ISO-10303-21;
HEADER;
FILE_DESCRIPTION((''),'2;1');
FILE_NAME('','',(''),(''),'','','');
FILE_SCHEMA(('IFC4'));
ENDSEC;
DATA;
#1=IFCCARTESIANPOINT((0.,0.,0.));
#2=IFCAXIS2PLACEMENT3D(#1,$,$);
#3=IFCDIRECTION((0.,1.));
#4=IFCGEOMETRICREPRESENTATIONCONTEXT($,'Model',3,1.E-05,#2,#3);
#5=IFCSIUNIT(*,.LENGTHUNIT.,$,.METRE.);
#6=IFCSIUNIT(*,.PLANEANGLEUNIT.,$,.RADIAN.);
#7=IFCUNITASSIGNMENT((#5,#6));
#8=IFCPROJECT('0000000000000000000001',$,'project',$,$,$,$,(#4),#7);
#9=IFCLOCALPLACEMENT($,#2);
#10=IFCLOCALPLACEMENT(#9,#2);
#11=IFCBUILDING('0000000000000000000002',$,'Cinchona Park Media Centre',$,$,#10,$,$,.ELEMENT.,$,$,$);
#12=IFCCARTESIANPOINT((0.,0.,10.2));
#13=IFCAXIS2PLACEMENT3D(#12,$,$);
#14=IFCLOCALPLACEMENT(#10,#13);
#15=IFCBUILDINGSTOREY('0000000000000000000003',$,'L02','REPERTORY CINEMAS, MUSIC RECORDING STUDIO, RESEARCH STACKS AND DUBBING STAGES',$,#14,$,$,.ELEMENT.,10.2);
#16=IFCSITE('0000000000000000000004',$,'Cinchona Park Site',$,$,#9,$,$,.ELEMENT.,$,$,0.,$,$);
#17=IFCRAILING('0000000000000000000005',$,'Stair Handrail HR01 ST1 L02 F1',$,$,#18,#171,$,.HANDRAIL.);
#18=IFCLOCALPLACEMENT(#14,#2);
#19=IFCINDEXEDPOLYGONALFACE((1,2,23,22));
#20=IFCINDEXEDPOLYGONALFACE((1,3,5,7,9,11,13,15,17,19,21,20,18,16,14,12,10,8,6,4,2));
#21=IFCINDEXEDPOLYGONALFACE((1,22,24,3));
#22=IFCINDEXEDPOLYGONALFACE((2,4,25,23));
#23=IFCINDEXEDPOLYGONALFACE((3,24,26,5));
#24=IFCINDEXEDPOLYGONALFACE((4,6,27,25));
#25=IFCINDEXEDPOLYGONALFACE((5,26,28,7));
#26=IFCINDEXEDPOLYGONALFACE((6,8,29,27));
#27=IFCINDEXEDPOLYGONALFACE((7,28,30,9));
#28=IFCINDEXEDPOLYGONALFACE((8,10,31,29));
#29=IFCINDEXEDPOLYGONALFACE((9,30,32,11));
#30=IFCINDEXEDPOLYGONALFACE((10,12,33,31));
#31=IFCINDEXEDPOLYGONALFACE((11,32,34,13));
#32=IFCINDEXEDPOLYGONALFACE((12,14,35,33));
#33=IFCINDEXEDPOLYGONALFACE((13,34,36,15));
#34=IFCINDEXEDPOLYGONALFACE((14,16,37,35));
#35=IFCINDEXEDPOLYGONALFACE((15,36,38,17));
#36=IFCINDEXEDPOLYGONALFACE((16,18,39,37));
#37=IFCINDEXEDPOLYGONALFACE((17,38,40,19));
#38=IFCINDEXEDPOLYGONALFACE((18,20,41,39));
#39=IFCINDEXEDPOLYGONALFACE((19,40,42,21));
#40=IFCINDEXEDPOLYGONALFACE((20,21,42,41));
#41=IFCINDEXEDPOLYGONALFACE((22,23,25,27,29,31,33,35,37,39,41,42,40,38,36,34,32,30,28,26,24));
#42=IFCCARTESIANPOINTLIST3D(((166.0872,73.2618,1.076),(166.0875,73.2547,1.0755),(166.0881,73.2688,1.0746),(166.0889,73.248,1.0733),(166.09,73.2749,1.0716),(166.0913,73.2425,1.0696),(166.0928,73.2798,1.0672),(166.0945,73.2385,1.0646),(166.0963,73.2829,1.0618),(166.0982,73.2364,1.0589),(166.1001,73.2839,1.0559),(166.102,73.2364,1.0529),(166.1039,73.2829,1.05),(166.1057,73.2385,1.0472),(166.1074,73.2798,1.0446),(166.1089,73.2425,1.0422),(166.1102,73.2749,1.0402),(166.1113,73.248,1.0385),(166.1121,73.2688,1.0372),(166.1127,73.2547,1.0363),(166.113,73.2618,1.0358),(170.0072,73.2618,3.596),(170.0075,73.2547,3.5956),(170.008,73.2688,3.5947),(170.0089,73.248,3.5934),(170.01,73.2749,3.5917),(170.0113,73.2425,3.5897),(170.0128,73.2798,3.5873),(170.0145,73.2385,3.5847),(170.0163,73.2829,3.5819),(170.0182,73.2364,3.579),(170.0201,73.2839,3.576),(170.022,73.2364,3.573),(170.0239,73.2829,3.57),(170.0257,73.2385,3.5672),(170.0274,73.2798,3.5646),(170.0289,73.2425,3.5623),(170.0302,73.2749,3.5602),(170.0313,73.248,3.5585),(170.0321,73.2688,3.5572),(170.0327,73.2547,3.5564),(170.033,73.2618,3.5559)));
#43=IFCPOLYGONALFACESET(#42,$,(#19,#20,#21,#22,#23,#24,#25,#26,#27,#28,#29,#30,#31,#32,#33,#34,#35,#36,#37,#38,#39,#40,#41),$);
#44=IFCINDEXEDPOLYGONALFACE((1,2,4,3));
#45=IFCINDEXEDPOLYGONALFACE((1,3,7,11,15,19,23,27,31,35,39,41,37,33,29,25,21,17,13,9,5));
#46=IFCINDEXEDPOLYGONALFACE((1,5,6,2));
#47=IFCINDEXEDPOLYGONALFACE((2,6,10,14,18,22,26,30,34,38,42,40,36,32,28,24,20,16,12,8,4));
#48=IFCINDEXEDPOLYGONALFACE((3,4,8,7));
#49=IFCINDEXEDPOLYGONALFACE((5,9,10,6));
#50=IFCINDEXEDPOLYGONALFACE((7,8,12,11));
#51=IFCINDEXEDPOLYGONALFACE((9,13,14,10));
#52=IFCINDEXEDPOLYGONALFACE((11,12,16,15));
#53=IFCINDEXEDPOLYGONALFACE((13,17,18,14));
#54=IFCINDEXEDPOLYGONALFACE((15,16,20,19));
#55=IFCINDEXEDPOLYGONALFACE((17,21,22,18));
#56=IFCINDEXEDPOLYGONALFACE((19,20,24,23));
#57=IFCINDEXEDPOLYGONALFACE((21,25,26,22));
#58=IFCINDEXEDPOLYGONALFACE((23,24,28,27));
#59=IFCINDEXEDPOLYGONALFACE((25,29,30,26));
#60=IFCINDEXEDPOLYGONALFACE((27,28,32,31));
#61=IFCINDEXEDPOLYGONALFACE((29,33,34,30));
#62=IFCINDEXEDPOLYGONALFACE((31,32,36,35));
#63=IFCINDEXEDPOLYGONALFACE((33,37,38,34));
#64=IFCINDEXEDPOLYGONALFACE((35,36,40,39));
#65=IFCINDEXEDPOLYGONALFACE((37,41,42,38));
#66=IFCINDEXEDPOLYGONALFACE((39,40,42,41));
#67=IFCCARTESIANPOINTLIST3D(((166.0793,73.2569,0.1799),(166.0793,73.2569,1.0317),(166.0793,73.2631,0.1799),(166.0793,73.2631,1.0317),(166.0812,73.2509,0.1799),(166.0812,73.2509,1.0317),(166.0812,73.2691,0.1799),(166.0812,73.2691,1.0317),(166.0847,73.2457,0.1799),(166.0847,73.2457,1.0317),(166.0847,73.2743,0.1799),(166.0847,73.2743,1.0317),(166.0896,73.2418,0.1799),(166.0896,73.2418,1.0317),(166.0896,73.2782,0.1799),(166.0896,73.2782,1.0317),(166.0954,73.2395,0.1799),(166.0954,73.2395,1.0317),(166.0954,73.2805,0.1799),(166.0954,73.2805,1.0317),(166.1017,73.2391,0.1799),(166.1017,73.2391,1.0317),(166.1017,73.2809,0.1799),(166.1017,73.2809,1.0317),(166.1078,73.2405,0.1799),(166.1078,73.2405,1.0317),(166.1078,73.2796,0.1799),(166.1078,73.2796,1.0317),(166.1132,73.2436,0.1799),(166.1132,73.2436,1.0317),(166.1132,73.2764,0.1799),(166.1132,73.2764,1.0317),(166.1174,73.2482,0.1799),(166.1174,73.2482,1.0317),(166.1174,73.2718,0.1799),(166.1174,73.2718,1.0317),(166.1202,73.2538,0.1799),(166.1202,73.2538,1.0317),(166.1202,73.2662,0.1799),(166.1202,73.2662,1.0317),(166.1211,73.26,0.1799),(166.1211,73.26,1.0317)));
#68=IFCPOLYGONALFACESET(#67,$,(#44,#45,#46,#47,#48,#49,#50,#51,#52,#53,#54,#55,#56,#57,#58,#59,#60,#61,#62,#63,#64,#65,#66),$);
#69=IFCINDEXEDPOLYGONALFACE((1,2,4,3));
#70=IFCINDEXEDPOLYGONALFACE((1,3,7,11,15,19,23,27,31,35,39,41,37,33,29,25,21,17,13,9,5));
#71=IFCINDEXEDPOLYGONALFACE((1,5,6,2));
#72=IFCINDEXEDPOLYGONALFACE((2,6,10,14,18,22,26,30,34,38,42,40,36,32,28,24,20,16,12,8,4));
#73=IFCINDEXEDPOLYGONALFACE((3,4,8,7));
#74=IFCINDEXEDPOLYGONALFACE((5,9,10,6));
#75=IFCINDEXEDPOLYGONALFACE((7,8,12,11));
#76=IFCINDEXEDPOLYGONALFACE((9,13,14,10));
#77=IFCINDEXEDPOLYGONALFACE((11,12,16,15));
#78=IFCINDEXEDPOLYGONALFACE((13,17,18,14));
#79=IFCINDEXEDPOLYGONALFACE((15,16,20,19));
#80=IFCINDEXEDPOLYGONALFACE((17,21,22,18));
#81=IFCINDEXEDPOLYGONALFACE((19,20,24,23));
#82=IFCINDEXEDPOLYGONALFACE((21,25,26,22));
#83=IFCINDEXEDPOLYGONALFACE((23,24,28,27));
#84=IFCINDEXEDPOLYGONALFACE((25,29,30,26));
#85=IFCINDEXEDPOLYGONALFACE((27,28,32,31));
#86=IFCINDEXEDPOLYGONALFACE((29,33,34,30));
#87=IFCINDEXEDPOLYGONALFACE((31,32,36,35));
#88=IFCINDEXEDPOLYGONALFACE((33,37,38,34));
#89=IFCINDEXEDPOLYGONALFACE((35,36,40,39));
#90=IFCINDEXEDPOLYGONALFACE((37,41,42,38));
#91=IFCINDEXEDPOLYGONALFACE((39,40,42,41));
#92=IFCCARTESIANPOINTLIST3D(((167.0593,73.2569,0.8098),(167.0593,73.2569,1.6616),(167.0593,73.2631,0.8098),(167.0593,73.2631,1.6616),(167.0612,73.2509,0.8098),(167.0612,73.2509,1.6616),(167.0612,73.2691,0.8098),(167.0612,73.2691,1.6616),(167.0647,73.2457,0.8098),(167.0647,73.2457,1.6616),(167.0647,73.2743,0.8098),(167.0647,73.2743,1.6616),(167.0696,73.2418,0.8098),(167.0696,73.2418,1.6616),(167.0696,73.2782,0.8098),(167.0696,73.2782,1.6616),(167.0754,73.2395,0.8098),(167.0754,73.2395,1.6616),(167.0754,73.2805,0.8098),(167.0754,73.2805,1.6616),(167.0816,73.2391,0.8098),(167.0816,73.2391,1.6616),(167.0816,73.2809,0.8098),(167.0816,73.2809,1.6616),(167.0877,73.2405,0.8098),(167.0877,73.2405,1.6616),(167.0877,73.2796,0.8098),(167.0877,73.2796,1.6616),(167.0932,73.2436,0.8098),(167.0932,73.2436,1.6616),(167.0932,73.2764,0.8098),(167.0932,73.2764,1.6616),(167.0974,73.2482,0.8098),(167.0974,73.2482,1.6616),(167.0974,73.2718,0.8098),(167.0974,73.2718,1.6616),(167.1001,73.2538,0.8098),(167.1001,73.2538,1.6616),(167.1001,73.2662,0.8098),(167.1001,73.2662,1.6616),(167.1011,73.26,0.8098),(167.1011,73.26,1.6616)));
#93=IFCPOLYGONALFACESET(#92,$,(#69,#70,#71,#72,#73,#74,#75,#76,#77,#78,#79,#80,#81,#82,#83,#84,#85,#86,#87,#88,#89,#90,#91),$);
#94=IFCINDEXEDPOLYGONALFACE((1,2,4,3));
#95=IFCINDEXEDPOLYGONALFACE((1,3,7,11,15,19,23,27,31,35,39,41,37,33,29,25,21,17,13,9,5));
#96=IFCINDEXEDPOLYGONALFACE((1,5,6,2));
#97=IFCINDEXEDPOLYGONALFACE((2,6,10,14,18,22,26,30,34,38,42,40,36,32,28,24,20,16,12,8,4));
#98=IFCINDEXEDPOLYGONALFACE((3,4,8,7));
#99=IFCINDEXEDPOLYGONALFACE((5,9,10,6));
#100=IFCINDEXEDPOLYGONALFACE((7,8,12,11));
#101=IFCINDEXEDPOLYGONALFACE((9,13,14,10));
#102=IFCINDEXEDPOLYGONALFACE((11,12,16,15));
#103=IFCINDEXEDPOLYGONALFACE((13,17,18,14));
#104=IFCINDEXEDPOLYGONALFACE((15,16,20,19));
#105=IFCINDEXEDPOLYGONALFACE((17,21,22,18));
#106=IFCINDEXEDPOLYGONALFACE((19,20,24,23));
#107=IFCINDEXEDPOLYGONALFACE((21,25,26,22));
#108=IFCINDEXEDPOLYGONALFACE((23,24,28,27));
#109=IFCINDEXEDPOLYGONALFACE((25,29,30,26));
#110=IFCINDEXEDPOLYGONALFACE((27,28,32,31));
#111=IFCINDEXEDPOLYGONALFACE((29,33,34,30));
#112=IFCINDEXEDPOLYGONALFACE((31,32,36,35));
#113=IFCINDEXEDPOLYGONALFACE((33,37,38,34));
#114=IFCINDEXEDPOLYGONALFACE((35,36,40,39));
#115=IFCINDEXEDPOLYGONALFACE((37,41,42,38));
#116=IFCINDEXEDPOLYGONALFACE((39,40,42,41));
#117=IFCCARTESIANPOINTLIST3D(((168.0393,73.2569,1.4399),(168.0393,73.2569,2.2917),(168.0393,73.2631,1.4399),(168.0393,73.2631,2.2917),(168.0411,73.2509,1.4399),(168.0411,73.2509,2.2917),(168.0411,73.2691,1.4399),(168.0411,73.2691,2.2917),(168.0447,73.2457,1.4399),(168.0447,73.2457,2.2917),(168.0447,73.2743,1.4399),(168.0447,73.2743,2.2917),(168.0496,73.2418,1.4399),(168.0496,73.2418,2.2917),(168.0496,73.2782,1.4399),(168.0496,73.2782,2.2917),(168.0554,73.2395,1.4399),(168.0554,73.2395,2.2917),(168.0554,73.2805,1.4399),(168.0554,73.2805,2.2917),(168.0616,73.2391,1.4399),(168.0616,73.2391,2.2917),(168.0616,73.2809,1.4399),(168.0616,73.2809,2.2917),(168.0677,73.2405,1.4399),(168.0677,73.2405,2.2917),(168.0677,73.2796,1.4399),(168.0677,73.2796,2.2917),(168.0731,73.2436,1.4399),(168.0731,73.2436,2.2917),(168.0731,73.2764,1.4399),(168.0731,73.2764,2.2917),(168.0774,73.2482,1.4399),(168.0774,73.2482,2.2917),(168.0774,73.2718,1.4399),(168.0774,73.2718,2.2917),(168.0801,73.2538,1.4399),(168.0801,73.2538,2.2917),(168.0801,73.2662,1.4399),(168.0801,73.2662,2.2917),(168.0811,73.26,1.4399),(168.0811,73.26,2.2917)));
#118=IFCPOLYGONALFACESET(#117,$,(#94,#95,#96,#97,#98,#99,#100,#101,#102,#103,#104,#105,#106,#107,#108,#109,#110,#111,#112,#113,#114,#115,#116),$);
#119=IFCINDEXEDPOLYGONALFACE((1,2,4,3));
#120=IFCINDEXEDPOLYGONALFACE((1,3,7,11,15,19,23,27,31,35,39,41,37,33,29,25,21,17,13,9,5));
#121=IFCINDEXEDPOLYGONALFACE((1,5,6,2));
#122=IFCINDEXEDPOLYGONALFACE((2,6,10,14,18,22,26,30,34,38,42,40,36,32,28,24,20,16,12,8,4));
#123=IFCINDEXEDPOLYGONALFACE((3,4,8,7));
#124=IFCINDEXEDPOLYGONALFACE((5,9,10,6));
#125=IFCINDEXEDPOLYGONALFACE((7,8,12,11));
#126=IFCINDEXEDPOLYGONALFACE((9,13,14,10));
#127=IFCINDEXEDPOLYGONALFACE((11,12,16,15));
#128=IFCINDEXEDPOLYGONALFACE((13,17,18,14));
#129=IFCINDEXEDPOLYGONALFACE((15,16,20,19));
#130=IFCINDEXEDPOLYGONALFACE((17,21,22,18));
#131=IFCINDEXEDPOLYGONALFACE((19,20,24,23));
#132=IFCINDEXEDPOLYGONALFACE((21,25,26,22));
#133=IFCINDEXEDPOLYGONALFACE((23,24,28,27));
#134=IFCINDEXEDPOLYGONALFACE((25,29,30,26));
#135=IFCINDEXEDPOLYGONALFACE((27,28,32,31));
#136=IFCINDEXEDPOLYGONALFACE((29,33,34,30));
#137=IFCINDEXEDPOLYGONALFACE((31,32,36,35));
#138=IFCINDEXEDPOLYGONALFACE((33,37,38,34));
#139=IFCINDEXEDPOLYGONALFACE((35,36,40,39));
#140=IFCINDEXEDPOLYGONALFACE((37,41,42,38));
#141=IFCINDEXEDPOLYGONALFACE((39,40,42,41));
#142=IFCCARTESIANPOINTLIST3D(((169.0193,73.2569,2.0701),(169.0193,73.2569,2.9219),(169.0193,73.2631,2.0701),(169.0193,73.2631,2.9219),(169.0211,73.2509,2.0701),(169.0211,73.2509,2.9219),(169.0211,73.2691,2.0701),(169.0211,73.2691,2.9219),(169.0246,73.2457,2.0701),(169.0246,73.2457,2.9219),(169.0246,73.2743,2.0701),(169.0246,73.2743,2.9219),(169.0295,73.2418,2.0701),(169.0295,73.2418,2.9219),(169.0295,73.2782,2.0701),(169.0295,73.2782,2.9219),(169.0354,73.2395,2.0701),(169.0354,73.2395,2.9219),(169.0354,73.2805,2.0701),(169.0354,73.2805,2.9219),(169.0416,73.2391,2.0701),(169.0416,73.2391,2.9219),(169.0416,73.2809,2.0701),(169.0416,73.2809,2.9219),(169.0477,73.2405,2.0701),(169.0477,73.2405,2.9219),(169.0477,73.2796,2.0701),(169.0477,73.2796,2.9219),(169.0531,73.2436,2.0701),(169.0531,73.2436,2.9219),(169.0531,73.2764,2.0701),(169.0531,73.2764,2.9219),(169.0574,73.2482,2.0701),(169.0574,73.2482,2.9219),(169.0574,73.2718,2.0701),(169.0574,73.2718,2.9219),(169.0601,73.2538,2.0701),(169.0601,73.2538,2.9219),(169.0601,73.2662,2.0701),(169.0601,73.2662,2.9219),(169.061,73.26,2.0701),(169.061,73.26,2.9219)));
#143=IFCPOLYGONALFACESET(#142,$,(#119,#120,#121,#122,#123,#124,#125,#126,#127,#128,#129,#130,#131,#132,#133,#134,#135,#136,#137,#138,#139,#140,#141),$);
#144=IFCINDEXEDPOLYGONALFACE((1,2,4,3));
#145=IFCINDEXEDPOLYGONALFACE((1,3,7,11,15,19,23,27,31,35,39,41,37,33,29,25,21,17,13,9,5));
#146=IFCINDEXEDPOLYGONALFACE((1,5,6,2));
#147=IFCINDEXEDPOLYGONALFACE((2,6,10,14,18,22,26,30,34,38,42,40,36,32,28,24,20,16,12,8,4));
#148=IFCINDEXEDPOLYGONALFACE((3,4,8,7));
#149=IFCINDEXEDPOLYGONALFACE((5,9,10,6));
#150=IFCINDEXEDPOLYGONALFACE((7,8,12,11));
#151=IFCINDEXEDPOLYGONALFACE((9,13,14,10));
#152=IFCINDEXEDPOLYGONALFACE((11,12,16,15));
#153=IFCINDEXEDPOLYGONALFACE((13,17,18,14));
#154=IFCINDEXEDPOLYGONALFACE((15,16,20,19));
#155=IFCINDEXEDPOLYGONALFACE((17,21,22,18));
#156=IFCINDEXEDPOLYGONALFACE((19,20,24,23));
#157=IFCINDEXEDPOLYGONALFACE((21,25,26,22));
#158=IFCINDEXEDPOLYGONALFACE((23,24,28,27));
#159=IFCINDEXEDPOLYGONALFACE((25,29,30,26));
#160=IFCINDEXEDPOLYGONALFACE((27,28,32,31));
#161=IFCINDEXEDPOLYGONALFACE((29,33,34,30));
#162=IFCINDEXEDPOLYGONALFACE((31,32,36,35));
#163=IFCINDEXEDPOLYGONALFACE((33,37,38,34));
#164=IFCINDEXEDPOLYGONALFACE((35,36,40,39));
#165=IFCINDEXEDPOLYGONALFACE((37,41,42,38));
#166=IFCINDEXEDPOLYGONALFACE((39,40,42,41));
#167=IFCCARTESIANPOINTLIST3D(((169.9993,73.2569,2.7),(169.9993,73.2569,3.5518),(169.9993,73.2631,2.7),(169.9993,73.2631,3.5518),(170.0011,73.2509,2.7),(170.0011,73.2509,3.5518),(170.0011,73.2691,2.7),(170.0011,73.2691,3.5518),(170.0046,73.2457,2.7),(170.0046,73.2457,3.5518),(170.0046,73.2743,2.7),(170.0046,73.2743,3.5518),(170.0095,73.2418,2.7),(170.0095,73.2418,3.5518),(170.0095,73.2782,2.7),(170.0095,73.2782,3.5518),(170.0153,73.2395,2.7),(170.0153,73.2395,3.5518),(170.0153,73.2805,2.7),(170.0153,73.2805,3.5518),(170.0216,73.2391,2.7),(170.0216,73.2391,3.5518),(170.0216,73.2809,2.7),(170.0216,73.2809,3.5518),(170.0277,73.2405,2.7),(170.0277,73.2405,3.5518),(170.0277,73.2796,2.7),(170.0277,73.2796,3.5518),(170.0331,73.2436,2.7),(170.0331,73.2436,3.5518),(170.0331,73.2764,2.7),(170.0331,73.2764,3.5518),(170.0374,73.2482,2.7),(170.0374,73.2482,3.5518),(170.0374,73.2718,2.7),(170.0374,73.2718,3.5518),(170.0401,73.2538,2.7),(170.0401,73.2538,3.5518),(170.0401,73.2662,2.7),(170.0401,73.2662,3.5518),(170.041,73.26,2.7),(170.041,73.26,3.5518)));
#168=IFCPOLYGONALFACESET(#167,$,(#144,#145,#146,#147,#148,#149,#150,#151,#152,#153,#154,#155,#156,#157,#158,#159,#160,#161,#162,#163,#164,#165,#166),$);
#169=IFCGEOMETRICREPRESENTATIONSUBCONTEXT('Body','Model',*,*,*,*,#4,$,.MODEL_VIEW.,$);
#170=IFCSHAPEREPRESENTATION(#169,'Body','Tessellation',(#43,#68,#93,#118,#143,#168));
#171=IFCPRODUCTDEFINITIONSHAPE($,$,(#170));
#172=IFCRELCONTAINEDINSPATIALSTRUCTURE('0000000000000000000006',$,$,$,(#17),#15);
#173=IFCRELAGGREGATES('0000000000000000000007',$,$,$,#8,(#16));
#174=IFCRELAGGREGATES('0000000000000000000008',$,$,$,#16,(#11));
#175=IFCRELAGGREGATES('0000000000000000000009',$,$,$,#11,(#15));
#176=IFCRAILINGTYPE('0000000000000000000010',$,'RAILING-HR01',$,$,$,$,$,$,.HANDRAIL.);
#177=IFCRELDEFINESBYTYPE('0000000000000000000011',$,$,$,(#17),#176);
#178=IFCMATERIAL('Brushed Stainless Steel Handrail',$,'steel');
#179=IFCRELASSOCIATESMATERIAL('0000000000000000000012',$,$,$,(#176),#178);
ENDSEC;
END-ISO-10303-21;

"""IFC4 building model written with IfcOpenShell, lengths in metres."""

from ifc_helpers import new_model, si_unit, direction, frame, origin, origin_2d, place, context, subcontext, project, spatial, circle, extrude, material, type_object, element, save


model = new_model("IFC4")

# Units and contexts
model_context = context("Model", 3, precision=1e-05, world=origin(), true_north=direction((0.0, 1.0)))
body_context = subcontext(model_context, "Body", "Model", "MODEL_VIEW")
ifc_project = project(units=[si_unit("LENGTHUNIT", "METRE"), si_unit("PLANEANGLEUNIT", "RADIAN")], contexts=[model_context])

# Site, building, storey
site_placement = place(None, origin())
site = spatial("IfcSite", under=ifc_project, at=site_placement, Name="Cinchona Park Site", CompositionType="ELEMENT", RefElevation=0.0)
building_placement = place(site_placement, origin())
building = spatial("IfcBuilding", under=site, at=building_placement, Name="Cinchona Park Media Centre", CompositionType="ELEMENT")
storey_placement = place(building_placement, frame((0.0, 0.0, 10.2)))
storey = spatial("IfcBuildingStorey", under=building, at=storey_placement, Name="L02", Description="REPERTORY CINEMAS, MUSIC RECORDING STUDIO, RESEARCH STACKS AND DUBBING STAGES", CompositionType="ELEMENT", Elevation=10.2)

# Railing
ifc_material_1 = material(Name="Brushed Stainless Steel Handrail", Category="steel")
railing_type_1 = type_object("IfcRailingType", Name="RAILING-HR01", PredefinedType="HANDRAIL", material=ifc_material_1)
railing_1_placement = place(storey_placement, frame((166.1001, 73.26, 0.1799)))
element("IfcRailing", 1, at=railing_1_placement, inside=storey, type_object=railing_type_1, Name="Stair Handrail HR01 ST1 L02 F1", PredefinedType="HANDRAIL", context=body_context, shape_type="SweptSolid", body=[
    extrude(circle(Radius=0.0239, at=origin_2d()), frame((0.0, 0.0, 0.876), z_axis=(0.841172, 0.0, 0.540768), x_axis=(0.0, 1.0, 0.0)), (0.0, 0.0, 1.0), 4.6602),
    extrude(circle(Radius=0.021, at=origin_2d()), origin(), (0.0, 0.0, 1.0), 0.8518),
    extrude(circle(Radius=0.021, at=origin_2d()), frame((0.98, 0.0, 0.6299)), (0.0, 0.0, 1.0), 0.8518),
    extrude(circle(Radius=0.021, at=origin_2d()), frame((1.96, 0.0, 1.26)), (0.0, 0.0, 1.0), 0.8518),
    extrude(circle(Radius=0.021, at=origin_2d()), frame((2.9399, 0.0, 1.8901)), (0.0, 0.0, 1.0), 0.8518),
    extrude(circle(Radius=0.021, at=origin_2d()), frame((3.9199, 0.0, 2.52)), (0.0, 0.0, 1.0), 0.8518),
])

save(model, "model.ifc")
